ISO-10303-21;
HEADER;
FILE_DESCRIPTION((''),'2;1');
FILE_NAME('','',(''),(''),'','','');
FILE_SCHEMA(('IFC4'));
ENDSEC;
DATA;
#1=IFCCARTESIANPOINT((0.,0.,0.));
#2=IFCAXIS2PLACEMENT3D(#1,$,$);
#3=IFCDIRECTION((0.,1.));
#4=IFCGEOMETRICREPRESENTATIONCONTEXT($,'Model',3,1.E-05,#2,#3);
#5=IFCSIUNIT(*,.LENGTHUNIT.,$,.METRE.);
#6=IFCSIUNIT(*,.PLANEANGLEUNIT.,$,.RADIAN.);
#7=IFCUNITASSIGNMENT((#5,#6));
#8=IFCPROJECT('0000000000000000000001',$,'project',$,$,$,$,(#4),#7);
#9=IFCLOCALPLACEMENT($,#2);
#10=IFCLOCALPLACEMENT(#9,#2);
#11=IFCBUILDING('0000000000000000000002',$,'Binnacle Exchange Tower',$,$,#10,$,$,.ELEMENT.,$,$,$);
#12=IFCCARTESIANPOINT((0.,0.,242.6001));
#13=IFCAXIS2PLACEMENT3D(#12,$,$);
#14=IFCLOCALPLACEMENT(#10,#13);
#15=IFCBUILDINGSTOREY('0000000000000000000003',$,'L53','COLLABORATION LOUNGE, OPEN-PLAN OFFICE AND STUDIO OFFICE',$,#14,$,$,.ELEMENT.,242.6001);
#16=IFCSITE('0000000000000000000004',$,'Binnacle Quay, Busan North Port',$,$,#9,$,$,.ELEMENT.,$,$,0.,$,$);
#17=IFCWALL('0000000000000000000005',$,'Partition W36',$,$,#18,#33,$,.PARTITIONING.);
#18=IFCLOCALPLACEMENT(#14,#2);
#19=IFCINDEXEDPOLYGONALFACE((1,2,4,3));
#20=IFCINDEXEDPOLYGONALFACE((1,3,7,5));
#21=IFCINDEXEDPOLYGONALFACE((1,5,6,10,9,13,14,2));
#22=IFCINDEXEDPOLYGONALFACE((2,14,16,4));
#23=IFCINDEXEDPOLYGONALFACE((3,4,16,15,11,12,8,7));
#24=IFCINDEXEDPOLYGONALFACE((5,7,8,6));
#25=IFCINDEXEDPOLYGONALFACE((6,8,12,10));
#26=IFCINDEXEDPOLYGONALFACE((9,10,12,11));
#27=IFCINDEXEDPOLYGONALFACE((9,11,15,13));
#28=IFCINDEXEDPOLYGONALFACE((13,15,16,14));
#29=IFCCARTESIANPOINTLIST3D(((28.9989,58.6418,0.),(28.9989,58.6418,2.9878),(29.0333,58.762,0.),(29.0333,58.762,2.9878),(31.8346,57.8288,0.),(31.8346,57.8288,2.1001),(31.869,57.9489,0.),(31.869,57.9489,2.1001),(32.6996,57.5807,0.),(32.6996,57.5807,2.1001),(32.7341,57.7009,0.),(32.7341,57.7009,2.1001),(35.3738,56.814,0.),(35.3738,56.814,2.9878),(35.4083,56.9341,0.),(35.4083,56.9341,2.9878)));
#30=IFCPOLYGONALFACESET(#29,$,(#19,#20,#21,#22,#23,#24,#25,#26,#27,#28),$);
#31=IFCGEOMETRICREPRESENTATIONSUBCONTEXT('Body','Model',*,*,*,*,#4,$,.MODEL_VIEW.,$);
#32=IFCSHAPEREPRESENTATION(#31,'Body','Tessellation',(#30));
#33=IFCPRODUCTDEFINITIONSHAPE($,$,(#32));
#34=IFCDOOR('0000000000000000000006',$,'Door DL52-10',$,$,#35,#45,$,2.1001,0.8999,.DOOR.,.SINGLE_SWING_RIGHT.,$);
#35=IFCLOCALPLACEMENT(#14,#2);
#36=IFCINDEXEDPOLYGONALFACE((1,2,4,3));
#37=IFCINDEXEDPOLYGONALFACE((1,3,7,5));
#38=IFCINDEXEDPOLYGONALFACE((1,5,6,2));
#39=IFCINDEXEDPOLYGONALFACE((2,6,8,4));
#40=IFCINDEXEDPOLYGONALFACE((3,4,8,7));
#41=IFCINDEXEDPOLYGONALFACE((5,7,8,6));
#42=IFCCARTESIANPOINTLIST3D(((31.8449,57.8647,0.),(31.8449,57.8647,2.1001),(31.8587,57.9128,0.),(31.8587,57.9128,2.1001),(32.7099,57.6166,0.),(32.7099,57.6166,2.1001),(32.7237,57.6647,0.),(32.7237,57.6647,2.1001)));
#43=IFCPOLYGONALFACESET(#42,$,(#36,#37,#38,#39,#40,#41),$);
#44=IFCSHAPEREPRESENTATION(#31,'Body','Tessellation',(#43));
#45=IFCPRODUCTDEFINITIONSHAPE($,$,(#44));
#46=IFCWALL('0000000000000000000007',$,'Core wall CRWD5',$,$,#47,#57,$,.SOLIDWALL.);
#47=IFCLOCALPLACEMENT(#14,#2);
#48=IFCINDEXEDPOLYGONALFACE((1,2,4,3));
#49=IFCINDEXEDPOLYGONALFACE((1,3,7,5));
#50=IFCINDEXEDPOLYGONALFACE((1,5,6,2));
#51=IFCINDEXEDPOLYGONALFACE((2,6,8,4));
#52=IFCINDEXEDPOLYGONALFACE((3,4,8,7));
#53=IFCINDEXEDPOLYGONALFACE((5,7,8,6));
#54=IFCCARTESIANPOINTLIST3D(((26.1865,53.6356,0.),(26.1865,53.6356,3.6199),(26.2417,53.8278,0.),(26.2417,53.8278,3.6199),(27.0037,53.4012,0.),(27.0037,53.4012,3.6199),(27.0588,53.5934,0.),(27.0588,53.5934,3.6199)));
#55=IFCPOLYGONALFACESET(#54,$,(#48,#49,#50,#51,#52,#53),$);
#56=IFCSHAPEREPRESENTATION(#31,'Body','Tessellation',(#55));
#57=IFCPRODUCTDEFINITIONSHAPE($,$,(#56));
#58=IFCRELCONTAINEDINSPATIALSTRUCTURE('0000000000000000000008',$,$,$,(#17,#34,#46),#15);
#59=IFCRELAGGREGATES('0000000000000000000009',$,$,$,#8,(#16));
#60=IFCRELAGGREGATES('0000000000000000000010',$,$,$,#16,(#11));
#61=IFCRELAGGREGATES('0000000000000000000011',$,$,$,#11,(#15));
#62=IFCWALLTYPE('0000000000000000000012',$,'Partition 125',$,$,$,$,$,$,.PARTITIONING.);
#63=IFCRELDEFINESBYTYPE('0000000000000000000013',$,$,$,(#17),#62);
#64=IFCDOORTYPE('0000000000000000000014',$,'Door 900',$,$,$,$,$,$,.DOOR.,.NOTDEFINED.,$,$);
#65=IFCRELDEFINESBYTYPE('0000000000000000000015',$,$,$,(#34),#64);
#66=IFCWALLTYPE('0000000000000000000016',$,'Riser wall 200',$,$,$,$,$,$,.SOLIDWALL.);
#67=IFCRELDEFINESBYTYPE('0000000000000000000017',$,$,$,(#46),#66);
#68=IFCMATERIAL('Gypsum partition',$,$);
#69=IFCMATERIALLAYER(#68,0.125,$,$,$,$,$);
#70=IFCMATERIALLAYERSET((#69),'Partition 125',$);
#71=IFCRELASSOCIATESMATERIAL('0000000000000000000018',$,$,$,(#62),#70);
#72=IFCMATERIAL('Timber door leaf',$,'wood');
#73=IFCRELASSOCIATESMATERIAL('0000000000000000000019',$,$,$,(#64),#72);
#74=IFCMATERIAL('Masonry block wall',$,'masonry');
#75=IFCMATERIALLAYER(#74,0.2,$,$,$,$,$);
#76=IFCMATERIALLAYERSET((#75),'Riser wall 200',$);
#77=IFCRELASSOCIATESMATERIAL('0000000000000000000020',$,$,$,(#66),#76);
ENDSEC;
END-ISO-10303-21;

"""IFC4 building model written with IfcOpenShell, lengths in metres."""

from ifc_helpers import new_model, si_unit, direction, frame, frame_2d, origin, place, context, subcontext, project, spatial, rectangle, extrude, material, layer, layer_set, type_object, element, fill, save


model = new_model("IFC4")

# Units and contexts
model_context = context("Model", 3, precision=1e-05, world=origin(), true_north=direction((0.0, 1.0)))
body_context = subcontext(model_context, "Body", "Model", "MODEL_VIEW")
ifc_project = project(units=[si_unit("LENGTHUNIT", "METRE"), si_unit("PLANEANGLEUNIT", "RADIAN")], contexts=[model_context])

# Site, building, storey
site_placement = place(None, origin())
site = spatial("IfcSite", under=ifc_project, at=site_placement, Name="Binnacle Quay, Busan North Port", CompositionType="ELEMENT", RefElevation=0.0)
building_placement = place(site_placement, origin())
building = spatial("IfcBuilding", under=site, at=building_placement, Name="Binnacle Exchange Tower", CompositionType="ELEMENT")
storey_placement = place(building_placement, frame((0.0, 0.0, 242.6001)))
storey = spatial("IfcBuildingStorey", under=building, at=storey_placement, Name="L53", Description="COLLABORATION LOUNGE, OPEN-PLAN OFFICE AND STUDIO OFFICE", CompositionType="ELEMENT", Elevation=242.6001)

# Shared definitions
ifc_material_1 = material(Name="Gypsum partition")
ifc_layer_1 = layer(ifc_material_1, 0.125)
ifc_layer_set_1 = layer_set([ifc_layer_1], Name="Partition 125")
wall_type_1 = type_object("IfcWallType", Name="Partition 125", PredefinedType="PARTITIONING", material=ifc_layer_set_1)

# Wall, opening, door
wall_1_placement = place(storey_placement, frame((29.0161, 58.7019, 0.0), z_axis=(0.0, 0.0, 1.0), x_axis=(0.961267, -0.275621, 0.0)))
wall_1 = element("IfcWall", 1, at=wall_1_placement, inside=storey, type_object=wall_type_1, Name="Partition W36", PredefinedType="PARTITIONING", context=body_context, shape_type="SweptSolid", body=[
    extrude(rectangle(XDim=6.6318, YDim=0.125, at=frame_2d((3.3159, 0.0))), origin(), (0.0, 0.0, 1.0), 2.9878),
])
opening_1_placement = place(wall_1_placement, frame((2.95, 0.0, 0.0)))
opening_1 = element("IfcOpeningElement", 2, at=opening_1_placement, cuts=wall_1, PredefinedType="OPENING", context=body_context, shape_type="SweptSolid", body=[
    extrude(rectangle(XDim=0.8999, YDim=2.1001, at=frame_2d((0.45, 1.05))), frame((0.0, 0.0725, 0.0), z_axis=(0.0, -1.0, 0.0), x_axis=(1.0, 0.0, 0.0)), (0.0, 0.0, 1.0), 0.145),
])
ifc_material_2 = material(Name="Timber door leaf", Category="wood")
door_type = type_object("IfcDoorType", Name="Door 900", OperationType="NOTDEFINED", PredefinedType="DOOR", material=ifc_material_2)
door_placement = place(opening_1_placement, origin())
door = element("IfcDoor", 3, at=door_placement, inside=storey, type_object=door_type, Name="Door DL52-10", OperationType="SINGLE_SWING_RIGHT", OverallHeight=2.1001, OverallWidth=0.8999, PredefinedType="DOOR", context=body_context, shape_type="SweptSolid", body=[
    extrude(rectangle(XDim=0.8999, YDim=2.1001, at=frame_2d((0.45, 1.05))), frame((0.0, 0.0249, 0.0), z_axis=(0.0, -1.0, 0.0), x_axis=(1.0, 0.0, 0.0)), (0.0, 0.0, 1.0), 0.05),
])
fill(opening_1, door)

# Wall
ifc_material_3 = material(Name="Masonry block wall", Category="masonry")
ifc_layer_2 = layer(ifc_material_3, 0.2)
ifc_layer_set_2 = layer_set([ifc_layer_2], Name="Riser wall 200")
wall_type_2 = type_object("IfcWallType", Name="Riser wall 200", PredefinedType="SOLIDWALL", material=ifc_layer_set_2)
wall_2_placement = place(storey_placement, frame((26.2141, 53.7317, 0.0), z_axis=(0.0, 0.0, 1.0), x_axis=(0.961242, -0.275707, 0.0)))
element("IfcWall", 4, at=wall_2_placement, inside=storey, type_object=wall_type_2, Name="Core wall CRWD5", PredefinedType="SOLIDWALL", context=body_context, shape_type="SweptSolid", body=[
    extrude(rectangle(XDim=0.8501, YDim=0.2, at=frame_2d((0.425, 0.0))), origin(), (0.0, 0.0, 1.0), 3.6199),
])

save(model, "model.ifc")
